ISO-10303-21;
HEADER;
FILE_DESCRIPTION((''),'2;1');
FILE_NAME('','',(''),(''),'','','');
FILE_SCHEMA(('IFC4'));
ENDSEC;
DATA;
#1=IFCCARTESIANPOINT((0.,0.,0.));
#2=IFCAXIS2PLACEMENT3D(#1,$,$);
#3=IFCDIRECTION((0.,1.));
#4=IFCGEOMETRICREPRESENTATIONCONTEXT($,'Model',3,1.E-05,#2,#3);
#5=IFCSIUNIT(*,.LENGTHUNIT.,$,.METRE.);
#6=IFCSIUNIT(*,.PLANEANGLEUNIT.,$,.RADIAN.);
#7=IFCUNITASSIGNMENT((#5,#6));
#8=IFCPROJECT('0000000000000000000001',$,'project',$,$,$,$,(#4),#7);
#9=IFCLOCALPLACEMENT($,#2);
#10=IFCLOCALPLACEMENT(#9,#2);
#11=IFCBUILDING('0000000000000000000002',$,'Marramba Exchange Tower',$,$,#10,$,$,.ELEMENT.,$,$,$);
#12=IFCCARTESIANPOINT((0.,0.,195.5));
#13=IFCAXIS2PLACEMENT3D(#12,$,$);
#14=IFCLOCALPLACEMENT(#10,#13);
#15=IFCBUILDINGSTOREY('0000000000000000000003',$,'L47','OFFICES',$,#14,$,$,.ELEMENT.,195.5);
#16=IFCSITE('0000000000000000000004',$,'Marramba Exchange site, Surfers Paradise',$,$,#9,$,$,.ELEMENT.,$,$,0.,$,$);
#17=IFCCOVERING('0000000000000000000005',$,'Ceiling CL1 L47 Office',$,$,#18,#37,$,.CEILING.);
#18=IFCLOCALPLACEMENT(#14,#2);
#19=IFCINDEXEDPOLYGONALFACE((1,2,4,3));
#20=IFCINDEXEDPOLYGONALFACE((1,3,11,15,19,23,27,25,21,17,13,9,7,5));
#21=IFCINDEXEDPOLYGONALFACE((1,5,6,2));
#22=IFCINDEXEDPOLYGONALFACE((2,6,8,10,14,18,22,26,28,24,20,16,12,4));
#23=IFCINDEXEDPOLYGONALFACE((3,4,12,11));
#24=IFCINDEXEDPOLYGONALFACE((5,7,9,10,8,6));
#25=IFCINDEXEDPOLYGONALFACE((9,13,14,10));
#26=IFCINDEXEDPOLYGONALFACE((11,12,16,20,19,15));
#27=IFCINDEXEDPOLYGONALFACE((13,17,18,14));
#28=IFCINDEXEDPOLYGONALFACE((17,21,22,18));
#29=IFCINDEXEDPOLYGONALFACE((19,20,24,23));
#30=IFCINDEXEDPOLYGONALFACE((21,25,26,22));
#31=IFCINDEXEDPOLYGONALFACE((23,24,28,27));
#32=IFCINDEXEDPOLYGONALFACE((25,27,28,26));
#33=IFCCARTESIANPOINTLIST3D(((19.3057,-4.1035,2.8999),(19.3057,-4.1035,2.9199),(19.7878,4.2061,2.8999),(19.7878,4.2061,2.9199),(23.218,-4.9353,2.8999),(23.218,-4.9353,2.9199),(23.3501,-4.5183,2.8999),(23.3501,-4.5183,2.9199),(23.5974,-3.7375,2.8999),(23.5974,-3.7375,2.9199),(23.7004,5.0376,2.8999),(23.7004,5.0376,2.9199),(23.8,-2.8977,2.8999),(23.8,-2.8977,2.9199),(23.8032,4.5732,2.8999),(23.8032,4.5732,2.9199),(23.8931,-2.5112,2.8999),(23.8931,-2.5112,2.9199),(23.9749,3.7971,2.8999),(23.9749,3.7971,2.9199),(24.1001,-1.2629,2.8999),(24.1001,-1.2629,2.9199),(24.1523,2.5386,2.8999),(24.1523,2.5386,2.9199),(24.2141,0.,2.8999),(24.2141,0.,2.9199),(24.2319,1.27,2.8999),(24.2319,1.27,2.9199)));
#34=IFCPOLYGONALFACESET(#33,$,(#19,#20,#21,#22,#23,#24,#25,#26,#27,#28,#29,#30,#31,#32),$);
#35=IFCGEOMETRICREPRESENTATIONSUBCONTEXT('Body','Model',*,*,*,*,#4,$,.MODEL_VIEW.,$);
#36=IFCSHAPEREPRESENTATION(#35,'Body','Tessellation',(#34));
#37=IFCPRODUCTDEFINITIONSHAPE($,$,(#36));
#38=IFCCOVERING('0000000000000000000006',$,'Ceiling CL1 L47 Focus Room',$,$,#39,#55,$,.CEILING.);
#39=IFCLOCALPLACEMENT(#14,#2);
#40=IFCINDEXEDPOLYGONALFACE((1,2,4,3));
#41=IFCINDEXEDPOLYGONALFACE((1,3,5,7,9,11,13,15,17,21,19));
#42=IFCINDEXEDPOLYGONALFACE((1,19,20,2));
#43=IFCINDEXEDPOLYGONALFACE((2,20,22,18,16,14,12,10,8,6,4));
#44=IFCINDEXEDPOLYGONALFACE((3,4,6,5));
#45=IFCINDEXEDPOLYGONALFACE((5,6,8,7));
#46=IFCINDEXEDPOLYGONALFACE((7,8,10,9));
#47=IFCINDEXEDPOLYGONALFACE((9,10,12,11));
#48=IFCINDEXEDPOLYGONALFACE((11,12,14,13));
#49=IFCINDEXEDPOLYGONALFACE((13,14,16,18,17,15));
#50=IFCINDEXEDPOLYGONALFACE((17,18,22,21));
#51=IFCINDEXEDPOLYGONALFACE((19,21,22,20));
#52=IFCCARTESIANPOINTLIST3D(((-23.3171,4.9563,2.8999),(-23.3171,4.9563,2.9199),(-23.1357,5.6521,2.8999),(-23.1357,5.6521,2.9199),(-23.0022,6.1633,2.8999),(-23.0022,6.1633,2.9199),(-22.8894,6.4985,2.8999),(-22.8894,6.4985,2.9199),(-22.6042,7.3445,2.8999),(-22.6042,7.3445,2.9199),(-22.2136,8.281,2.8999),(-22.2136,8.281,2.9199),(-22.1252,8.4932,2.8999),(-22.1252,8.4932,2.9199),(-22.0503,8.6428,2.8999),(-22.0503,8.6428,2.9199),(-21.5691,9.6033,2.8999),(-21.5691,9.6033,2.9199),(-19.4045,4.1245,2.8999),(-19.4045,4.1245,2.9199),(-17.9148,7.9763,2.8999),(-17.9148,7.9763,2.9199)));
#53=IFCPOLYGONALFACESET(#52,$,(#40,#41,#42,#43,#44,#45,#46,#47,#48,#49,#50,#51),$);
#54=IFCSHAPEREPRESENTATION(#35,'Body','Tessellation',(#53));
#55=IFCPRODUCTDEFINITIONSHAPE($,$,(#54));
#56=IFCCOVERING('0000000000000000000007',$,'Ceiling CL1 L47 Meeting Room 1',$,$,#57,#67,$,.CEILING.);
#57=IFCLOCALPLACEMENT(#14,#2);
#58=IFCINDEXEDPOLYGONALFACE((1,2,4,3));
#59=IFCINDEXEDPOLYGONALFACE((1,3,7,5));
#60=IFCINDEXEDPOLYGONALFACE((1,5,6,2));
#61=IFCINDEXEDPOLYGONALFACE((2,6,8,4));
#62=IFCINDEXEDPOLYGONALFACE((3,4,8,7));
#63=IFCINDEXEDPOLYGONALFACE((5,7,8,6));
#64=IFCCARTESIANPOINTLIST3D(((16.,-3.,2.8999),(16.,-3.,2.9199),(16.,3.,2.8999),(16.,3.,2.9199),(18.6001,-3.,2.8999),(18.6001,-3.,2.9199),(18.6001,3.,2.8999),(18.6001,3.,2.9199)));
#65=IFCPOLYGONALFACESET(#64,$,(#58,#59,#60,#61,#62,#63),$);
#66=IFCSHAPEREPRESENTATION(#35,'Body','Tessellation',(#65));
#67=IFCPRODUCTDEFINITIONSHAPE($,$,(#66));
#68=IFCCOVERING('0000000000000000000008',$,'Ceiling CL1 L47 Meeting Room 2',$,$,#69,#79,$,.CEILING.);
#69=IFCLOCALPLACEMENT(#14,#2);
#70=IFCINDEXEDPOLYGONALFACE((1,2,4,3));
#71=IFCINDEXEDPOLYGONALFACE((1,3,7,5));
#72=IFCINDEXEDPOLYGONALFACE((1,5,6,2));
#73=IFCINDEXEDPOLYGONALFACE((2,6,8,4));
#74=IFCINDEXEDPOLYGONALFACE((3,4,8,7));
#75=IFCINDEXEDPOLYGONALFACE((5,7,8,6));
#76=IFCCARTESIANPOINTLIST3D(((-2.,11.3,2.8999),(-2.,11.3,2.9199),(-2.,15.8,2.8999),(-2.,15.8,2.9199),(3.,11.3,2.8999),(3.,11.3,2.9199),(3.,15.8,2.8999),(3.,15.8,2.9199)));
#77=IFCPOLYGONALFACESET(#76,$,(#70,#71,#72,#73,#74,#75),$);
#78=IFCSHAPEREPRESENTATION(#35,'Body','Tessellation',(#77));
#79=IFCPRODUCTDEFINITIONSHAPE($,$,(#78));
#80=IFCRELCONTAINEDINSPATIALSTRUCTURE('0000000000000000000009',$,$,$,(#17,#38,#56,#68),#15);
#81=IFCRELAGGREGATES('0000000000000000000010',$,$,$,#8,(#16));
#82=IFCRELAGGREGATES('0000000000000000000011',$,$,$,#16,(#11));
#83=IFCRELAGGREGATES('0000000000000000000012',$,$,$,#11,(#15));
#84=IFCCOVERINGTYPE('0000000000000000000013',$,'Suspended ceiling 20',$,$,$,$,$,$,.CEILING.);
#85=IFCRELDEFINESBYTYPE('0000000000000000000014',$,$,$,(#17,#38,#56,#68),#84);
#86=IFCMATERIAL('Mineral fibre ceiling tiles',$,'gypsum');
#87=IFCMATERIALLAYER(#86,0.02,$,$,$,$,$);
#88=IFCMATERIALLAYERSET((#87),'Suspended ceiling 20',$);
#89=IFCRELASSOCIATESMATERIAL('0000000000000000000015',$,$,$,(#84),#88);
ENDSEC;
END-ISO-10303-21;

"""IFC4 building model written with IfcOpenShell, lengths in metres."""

from ifc_helpers import new_model, si_unit, direction, frame, origin, place, context, subcontext, project, spatial, polyline, outline, extrude, material, layer, layer_set, type_object, element, save


model = new_model("IFC4")

# Units and contexts
model_context = context("Model", 3, precision=1e-05, world=origin(), true_north=direction((0.0, 1.0)))
body_context = subcontext(model_context, "Body", "Model", "MODEL_VIEW")
ifc_project = project(units=[si_unit("LENGTHUNIT", "METRE"), si_unit("PLANEANGLEUNIT", "RADIAN")], contexts=[model_context])

# Site, building, storey
site_placement = place(None, origin())
site = spatial("IfcSite", under=ifc_project, at=site_placement, Name="Marramba Exchange site, Surfers Paradise", CompositionType="ELEMENT", RefElevation=0.0)
building_placement = place(site_placement, origin())
building = spatial("IfcBuilding", under=site, at=building_placement, Name="Marramba Exchange Tower", CompositionType="ELEMENT")
storey_placement = place(building_placement, frame((0.0, 0.0, 195.5)))
storey = spatial("IfcBuildingStorey", under=building, at=storey_placement, Name="L47", Description="OFFICES", CompositionType="ELEMENT", Elevation=195.5)

# Coverings
ifc_material_1 = material(Name="Mineral fibre ceiling tiles", Category="gypsum")
ifc_layer_1 = layer(ifc_material_1, 0.02)
ifc_layer_set_1 = layer_set([ifc_layer_1], Name="Suspended ceiling 20")
covering_type = type_object("IfcCoveringType", Name="Suspended ceiling 20", PredefinedType="CEILING", material=ifc_layer_set_1)
covering_1_placement = place(storey_placement, frame((0.0, 0.0, 2.8999)))
element("IfcCovering", 1, at=covering_1_placement, inside=storey, type_object=covering_type, Name="Ceiling CL1 L47 Office", PredefinedType="CEILING", context=body_context, shape_type="SweptSolid", body=[
    extrude(outline(polyline([(23.8032, 4.5732), (23.9749, 3.7971), (24.1523, 2.5386), (24.2319, 1.27), (24.2141, 0.0), (24.1001, -1.2629), (23.8931, -2.5112), (23.8, -2.8977), (23.5974, -3.7375), (23.3501, -4.5183), (23.218, -4.9353), (19.3057, -4.1035), (19.7878, 4.2061), (23.7004, 5.0376), (23.8032, 4.5732)])), origin(), (0.0, 0.0, 1.0), 0.02),
])
covering_2_placement = place(storey_placement, frame((0.0, 0.0, 2.8999)))
element("IfcCovering", 2, at=covering_2_placement, inside=storey, type_object=covering_type, Name="Ceiling CL1 L47 Focus Room", PredefinedType="CEILING", context=body_context, shape_type="SweptSolid", body=[
    extrude(outline(polyline([(-23.1357, 5.6521), (-23.0022, 6.1633), (-22.8894, 6.4985), (-22.6042, 7.3445), (-22.2136, 8.281), (-22.1252, 8.4932), (-22.0503, 8.6428), (-21.5691, 9.6033), (-17.9148, 7.9763), (-19.4045, 4.1245), (-23.3171, 4.9563), (-23.1357, 5.6521)])), origin(), (0.0, 0.0, 1.0), 0.02),
])
covering_3_placement = place(storey_placement, frame((0.0, 0.0, 2.8999)))
element("IfcCovering", 3, at=covering_3_placement, inside=storey, type_object=covering_type, Name="Ceiling CL1 L47 Meeting Room 1", PredefinedType="CEILING", context=body_context, shape_type="SweptSolid", body=[
    extrude(outline(polyline([(18.6001, -3.0), (16.0, -3.0), (16.0, 3.0), (18.6001, 3.0), (18.6001, -3.0)])), origin(), (0.0, 0.0, 1.0), 0.02),
])
covering_4_placement = place(storey_placement, frame((0.0, 0.0, 2.8999)))
element("IfcCovering", 4, at=covering_4_placement, inside=storey, type_object=covering_type, Name="Ceiling CL1 L47 Meeting Room 2", PredefinedType="CEILING", context=body_context, shape_type="SweptSolid", body=[
    extrude(outline(polyline([(3.0, 11.3), (-2.0, 11.3), (-2.0, 15.8), (3.0, 15.8), (3.0, 11.3)])), origin(), (0.0, 0.0, 1.0), 0.02),
])

save(model, "model.ifc")
